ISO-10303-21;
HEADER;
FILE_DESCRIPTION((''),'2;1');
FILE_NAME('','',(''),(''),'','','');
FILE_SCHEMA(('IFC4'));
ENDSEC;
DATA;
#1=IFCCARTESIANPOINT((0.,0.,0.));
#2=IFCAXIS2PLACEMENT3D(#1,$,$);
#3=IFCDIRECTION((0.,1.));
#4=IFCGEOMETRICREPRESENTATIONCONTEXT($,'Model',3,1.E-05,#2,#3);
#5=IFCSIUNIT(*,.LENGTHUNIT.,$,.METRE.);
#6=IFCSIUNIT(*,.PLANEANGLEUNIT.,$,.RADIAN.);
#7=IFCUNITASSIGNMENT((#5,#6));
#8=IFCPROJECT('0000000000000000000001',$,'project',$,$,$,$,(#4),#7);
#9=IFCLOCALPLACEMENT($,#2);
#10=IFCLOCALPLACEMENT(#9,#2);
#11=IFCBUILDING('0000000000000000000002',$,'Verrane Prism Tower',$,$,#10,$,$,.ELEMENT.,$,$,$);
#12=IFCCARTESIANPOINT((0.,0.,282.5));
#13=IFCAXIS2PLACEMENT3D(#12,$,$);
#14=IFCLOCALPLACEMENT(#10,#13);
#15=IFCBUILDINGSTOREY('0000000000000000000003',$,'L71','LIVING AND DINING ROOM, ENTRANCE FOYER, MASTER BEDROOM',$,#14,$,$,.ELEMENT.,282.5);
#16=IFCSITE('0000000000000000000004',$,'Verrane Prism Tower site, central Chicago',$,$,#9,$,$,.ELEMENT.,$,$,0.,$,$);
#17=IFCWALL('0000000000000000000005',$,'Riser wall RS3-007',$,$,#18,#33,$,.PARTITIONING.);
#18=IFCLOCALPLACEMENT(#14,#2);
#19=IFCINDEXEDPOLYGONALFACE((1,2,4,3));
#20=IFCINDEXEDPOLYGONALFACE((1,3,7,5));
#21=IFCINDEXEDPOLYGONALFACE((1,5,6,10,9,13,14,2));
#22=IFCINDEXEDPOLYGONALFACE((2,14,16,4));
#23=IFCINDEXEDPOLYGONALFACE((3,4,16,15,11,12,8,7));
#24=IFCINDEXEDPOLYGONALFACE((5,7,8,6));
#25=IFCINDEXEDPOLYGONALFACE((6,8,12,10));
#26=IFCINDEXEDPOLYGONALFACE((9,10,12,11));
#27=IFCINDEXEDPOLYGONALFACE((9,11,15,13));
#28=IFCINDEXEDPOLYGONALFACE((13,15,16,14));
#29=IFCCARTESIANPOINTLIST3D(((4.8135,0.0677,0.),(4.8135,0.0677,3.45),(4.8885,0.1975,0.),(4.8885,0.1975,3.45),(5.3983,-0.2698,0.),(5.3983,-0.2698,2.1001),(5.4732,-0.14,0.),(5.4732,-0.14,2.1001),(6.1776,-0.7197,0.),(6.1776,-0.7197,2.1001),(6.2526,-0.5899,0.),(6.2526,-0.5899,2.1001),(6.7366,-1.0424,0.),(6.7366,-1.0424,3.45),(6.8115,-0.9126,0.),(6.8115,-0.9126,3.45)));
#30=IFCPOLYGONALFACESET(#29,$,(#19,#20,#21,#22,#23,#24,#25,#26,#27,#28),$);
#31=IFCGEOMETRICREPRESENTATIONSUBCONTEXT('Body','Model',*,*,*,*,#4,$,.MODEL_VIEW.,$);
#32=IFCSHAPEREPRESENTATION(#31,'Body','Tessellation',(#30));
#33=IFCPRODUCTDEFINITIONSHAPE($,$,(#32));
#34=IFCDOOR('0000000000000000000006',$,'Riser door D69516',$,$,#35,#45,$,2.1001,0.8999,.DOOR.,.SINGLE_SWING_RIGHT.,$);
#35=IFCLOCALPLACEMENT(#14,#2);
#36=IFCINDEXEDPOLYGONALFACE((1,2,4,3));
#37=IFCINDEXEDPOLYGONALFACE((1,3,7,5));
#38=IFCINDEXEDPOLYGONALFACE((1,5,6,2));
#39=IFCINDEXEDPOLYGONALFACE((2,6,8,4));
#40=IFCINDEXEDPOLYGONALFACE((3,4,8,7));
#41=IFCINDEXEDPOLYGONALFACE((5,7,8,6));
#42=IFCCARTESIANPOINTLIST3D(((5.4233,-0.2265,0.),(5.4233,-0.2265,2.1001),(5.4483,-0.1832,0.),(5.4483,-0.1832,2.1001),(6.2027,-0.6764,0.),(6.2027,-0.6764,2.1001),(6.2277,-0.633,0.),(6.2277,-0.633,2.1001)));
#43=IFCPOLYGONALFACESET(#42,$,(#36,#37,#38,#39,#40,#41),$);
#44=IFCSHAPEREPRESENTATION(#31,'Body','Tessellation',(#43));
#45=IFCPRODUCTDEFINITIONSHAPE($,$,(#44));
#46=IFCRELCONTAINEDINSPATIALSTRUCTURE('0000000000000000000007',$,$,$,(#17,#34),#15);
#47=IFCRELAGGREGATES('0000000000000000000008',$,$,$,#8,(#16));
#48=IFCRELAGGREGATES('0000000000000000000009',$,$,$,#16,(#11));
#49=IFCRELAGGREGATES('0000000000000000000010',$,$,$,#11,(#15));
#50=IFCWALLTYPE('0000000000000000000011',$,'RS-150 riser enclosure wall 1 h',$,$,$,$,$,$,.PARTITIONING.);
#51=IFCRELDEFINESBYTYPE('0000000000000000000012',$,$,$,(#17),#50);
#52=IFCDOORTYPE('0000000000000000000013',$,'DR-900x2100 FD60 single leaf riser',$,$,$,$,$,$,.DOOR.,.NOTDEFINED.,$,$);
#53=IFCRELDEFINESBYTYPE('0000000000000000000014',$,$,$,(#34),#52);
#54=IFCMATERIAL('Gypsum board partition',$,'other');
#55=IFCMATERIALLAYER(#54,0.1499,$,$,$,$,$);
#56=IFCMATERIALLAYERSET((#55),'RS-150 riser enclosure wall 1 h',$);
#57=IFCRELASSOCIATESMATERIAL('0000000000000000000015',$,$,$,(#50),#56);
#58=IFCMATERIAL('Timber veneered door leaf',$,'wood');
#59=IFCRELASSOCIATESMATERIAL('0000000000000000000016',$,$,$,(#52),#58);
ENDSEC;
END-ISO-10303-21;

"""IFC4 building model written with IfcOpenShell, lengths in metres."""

from ifc_helpers import new_model, si_unit, direction, frame, frame_2d, origin, place, context, subcontext, project, spatial, rectangle, extrude, material, layer, layer_set, type_object, element, fill, save


model = new_model("IFC4")

# Units and contexts
model_context = context("Model", 3, precision=1e-05, world=origin(), true_north=direction((0.0, 1.0)))
body_context = subcontext(model_context, "Body", "Model", "MODEL_VIEW")
ifc_project = project(units=[si_unit("LENGTHUNIT", "METRE"), si_unit("PLANEANGLEUNIT", "RADIAN")], contexts=[model_context])

# Site, building, storey
site_placement = place(None, origin())
site = spatial("IfcSite", under=ifc_project, at=site_placement, Name="Verrane Prism Tower site, central Chicago", CompositionType="ELEMENT", RefElevation=0.0)
building_placement = place(site_placement, origin())
building = spatial("IfcBuilding", under=site, at=building_placement, Name="Verrane Prism Tower", CompositionType="ELEMENT")
storey_placement = place(building_placement, frame((0.0, 0.0, 282.5)))
storey = spatial("IfcBuildingStorey", under=building, at=storey_placement, Name="L71", Description="LIVING AND DINING ROOM, ENTRANCE FOYER, MASTER BEDROOM", CompositionType="ELEMENT", Elevation=282.5)

# Shared definitions
ifc_material_1 = material(Name="Gypsum board partition", Category="other")
ifc_layer_1 = layer(ifc_material_1, 0.1499)
ifc_layer_set_1 = layer_set([ifc_layer_1], Name="RS-150 riser enclosure wall 1 h")
wall_type_1 = type_object("IfcWallType", Name="RS-150 riser enclosure wall 1 h", PredefinedType="PARTITIONING", material=ifc_layer_set_1)

# Wall, opening, door
wall_1_placement = place(storey_placement, frame((6.7742, -0.9775, 0.0), z_axis=(0.0, 0.0, 1.0), x_axis=(-0.866063, 0.499935, 0.0)))
wall_1 = element("IfcWall", 1, at=wall_1_placement, inside=storey, type_object=wall_type_1, Name="Riser wall RS3-007", PredefinedType="PARTITIONING", context=body_context, shape_type="SweptSolid", body=[
    extrude(rectangle(XDim=2.2205, YDim=0.1499, at=frame_2d((1.1104, 0.0))), origin(), (0.0, 0.0, 1.0), 3.45),
])
opening_1_placement = place(wall_1_placement, frame((0.6455, 0.0, 0.0)))
opening_1 = element("IfcOpeningElement", 2, at=opening_1_placement, cuts=wall_1, PredefinedType="OPENING", context=body_context, shape_type="SweptSolid", body=[
    extrude(rectangle(XDim=0.8999, YDim=2.1001, at=frame_2d((0.45, 1.05))), frame((0.0, 0.085, 0.0), z_axis=(0.0, -1.0, 0.0), x_axis=(1.0, 0.0, 0.0)), (0.0, 0.0, 1.0), 0.1699),
])
ifc_material_2 = material(Name="Timber veneered door leaf", Category="wood")
door_type_1 = type_object("IfcDoorType", Name="DR-900x2100 FD60 single leaf riser", OperationType="NOTDEFINED", PredefinedType="DOOR", material=ifc_material_2)
door_1_placement = place(opening_1_placement, origin())
door_1 = element("IfcDoor", 3, at=door_1_placement, inside=storey, type_object=door_type_1, Name="Riser door D69516", OperationType="SINGLE_SWING_RIGHT", OverallHeight=2.1001, OverallWidth=0.8999, PredefinedType="DOOR", context=body_context, shape_type="SweptSolid", body=[
    extrude(rectangle(XDim=0.8999, YDim=2.1001, at=frame_2d((0.45, 1.05))), frame((0.0, 0.0249, 0.0), z_axis=(0.0, -1.0, 0.0), x_axis=(1.0, 0.0, 0.0)), (0.0, 0.0, 1.0), 0.05),
])
fill(opening_1, door_1)

save(model, "model.ifc")
